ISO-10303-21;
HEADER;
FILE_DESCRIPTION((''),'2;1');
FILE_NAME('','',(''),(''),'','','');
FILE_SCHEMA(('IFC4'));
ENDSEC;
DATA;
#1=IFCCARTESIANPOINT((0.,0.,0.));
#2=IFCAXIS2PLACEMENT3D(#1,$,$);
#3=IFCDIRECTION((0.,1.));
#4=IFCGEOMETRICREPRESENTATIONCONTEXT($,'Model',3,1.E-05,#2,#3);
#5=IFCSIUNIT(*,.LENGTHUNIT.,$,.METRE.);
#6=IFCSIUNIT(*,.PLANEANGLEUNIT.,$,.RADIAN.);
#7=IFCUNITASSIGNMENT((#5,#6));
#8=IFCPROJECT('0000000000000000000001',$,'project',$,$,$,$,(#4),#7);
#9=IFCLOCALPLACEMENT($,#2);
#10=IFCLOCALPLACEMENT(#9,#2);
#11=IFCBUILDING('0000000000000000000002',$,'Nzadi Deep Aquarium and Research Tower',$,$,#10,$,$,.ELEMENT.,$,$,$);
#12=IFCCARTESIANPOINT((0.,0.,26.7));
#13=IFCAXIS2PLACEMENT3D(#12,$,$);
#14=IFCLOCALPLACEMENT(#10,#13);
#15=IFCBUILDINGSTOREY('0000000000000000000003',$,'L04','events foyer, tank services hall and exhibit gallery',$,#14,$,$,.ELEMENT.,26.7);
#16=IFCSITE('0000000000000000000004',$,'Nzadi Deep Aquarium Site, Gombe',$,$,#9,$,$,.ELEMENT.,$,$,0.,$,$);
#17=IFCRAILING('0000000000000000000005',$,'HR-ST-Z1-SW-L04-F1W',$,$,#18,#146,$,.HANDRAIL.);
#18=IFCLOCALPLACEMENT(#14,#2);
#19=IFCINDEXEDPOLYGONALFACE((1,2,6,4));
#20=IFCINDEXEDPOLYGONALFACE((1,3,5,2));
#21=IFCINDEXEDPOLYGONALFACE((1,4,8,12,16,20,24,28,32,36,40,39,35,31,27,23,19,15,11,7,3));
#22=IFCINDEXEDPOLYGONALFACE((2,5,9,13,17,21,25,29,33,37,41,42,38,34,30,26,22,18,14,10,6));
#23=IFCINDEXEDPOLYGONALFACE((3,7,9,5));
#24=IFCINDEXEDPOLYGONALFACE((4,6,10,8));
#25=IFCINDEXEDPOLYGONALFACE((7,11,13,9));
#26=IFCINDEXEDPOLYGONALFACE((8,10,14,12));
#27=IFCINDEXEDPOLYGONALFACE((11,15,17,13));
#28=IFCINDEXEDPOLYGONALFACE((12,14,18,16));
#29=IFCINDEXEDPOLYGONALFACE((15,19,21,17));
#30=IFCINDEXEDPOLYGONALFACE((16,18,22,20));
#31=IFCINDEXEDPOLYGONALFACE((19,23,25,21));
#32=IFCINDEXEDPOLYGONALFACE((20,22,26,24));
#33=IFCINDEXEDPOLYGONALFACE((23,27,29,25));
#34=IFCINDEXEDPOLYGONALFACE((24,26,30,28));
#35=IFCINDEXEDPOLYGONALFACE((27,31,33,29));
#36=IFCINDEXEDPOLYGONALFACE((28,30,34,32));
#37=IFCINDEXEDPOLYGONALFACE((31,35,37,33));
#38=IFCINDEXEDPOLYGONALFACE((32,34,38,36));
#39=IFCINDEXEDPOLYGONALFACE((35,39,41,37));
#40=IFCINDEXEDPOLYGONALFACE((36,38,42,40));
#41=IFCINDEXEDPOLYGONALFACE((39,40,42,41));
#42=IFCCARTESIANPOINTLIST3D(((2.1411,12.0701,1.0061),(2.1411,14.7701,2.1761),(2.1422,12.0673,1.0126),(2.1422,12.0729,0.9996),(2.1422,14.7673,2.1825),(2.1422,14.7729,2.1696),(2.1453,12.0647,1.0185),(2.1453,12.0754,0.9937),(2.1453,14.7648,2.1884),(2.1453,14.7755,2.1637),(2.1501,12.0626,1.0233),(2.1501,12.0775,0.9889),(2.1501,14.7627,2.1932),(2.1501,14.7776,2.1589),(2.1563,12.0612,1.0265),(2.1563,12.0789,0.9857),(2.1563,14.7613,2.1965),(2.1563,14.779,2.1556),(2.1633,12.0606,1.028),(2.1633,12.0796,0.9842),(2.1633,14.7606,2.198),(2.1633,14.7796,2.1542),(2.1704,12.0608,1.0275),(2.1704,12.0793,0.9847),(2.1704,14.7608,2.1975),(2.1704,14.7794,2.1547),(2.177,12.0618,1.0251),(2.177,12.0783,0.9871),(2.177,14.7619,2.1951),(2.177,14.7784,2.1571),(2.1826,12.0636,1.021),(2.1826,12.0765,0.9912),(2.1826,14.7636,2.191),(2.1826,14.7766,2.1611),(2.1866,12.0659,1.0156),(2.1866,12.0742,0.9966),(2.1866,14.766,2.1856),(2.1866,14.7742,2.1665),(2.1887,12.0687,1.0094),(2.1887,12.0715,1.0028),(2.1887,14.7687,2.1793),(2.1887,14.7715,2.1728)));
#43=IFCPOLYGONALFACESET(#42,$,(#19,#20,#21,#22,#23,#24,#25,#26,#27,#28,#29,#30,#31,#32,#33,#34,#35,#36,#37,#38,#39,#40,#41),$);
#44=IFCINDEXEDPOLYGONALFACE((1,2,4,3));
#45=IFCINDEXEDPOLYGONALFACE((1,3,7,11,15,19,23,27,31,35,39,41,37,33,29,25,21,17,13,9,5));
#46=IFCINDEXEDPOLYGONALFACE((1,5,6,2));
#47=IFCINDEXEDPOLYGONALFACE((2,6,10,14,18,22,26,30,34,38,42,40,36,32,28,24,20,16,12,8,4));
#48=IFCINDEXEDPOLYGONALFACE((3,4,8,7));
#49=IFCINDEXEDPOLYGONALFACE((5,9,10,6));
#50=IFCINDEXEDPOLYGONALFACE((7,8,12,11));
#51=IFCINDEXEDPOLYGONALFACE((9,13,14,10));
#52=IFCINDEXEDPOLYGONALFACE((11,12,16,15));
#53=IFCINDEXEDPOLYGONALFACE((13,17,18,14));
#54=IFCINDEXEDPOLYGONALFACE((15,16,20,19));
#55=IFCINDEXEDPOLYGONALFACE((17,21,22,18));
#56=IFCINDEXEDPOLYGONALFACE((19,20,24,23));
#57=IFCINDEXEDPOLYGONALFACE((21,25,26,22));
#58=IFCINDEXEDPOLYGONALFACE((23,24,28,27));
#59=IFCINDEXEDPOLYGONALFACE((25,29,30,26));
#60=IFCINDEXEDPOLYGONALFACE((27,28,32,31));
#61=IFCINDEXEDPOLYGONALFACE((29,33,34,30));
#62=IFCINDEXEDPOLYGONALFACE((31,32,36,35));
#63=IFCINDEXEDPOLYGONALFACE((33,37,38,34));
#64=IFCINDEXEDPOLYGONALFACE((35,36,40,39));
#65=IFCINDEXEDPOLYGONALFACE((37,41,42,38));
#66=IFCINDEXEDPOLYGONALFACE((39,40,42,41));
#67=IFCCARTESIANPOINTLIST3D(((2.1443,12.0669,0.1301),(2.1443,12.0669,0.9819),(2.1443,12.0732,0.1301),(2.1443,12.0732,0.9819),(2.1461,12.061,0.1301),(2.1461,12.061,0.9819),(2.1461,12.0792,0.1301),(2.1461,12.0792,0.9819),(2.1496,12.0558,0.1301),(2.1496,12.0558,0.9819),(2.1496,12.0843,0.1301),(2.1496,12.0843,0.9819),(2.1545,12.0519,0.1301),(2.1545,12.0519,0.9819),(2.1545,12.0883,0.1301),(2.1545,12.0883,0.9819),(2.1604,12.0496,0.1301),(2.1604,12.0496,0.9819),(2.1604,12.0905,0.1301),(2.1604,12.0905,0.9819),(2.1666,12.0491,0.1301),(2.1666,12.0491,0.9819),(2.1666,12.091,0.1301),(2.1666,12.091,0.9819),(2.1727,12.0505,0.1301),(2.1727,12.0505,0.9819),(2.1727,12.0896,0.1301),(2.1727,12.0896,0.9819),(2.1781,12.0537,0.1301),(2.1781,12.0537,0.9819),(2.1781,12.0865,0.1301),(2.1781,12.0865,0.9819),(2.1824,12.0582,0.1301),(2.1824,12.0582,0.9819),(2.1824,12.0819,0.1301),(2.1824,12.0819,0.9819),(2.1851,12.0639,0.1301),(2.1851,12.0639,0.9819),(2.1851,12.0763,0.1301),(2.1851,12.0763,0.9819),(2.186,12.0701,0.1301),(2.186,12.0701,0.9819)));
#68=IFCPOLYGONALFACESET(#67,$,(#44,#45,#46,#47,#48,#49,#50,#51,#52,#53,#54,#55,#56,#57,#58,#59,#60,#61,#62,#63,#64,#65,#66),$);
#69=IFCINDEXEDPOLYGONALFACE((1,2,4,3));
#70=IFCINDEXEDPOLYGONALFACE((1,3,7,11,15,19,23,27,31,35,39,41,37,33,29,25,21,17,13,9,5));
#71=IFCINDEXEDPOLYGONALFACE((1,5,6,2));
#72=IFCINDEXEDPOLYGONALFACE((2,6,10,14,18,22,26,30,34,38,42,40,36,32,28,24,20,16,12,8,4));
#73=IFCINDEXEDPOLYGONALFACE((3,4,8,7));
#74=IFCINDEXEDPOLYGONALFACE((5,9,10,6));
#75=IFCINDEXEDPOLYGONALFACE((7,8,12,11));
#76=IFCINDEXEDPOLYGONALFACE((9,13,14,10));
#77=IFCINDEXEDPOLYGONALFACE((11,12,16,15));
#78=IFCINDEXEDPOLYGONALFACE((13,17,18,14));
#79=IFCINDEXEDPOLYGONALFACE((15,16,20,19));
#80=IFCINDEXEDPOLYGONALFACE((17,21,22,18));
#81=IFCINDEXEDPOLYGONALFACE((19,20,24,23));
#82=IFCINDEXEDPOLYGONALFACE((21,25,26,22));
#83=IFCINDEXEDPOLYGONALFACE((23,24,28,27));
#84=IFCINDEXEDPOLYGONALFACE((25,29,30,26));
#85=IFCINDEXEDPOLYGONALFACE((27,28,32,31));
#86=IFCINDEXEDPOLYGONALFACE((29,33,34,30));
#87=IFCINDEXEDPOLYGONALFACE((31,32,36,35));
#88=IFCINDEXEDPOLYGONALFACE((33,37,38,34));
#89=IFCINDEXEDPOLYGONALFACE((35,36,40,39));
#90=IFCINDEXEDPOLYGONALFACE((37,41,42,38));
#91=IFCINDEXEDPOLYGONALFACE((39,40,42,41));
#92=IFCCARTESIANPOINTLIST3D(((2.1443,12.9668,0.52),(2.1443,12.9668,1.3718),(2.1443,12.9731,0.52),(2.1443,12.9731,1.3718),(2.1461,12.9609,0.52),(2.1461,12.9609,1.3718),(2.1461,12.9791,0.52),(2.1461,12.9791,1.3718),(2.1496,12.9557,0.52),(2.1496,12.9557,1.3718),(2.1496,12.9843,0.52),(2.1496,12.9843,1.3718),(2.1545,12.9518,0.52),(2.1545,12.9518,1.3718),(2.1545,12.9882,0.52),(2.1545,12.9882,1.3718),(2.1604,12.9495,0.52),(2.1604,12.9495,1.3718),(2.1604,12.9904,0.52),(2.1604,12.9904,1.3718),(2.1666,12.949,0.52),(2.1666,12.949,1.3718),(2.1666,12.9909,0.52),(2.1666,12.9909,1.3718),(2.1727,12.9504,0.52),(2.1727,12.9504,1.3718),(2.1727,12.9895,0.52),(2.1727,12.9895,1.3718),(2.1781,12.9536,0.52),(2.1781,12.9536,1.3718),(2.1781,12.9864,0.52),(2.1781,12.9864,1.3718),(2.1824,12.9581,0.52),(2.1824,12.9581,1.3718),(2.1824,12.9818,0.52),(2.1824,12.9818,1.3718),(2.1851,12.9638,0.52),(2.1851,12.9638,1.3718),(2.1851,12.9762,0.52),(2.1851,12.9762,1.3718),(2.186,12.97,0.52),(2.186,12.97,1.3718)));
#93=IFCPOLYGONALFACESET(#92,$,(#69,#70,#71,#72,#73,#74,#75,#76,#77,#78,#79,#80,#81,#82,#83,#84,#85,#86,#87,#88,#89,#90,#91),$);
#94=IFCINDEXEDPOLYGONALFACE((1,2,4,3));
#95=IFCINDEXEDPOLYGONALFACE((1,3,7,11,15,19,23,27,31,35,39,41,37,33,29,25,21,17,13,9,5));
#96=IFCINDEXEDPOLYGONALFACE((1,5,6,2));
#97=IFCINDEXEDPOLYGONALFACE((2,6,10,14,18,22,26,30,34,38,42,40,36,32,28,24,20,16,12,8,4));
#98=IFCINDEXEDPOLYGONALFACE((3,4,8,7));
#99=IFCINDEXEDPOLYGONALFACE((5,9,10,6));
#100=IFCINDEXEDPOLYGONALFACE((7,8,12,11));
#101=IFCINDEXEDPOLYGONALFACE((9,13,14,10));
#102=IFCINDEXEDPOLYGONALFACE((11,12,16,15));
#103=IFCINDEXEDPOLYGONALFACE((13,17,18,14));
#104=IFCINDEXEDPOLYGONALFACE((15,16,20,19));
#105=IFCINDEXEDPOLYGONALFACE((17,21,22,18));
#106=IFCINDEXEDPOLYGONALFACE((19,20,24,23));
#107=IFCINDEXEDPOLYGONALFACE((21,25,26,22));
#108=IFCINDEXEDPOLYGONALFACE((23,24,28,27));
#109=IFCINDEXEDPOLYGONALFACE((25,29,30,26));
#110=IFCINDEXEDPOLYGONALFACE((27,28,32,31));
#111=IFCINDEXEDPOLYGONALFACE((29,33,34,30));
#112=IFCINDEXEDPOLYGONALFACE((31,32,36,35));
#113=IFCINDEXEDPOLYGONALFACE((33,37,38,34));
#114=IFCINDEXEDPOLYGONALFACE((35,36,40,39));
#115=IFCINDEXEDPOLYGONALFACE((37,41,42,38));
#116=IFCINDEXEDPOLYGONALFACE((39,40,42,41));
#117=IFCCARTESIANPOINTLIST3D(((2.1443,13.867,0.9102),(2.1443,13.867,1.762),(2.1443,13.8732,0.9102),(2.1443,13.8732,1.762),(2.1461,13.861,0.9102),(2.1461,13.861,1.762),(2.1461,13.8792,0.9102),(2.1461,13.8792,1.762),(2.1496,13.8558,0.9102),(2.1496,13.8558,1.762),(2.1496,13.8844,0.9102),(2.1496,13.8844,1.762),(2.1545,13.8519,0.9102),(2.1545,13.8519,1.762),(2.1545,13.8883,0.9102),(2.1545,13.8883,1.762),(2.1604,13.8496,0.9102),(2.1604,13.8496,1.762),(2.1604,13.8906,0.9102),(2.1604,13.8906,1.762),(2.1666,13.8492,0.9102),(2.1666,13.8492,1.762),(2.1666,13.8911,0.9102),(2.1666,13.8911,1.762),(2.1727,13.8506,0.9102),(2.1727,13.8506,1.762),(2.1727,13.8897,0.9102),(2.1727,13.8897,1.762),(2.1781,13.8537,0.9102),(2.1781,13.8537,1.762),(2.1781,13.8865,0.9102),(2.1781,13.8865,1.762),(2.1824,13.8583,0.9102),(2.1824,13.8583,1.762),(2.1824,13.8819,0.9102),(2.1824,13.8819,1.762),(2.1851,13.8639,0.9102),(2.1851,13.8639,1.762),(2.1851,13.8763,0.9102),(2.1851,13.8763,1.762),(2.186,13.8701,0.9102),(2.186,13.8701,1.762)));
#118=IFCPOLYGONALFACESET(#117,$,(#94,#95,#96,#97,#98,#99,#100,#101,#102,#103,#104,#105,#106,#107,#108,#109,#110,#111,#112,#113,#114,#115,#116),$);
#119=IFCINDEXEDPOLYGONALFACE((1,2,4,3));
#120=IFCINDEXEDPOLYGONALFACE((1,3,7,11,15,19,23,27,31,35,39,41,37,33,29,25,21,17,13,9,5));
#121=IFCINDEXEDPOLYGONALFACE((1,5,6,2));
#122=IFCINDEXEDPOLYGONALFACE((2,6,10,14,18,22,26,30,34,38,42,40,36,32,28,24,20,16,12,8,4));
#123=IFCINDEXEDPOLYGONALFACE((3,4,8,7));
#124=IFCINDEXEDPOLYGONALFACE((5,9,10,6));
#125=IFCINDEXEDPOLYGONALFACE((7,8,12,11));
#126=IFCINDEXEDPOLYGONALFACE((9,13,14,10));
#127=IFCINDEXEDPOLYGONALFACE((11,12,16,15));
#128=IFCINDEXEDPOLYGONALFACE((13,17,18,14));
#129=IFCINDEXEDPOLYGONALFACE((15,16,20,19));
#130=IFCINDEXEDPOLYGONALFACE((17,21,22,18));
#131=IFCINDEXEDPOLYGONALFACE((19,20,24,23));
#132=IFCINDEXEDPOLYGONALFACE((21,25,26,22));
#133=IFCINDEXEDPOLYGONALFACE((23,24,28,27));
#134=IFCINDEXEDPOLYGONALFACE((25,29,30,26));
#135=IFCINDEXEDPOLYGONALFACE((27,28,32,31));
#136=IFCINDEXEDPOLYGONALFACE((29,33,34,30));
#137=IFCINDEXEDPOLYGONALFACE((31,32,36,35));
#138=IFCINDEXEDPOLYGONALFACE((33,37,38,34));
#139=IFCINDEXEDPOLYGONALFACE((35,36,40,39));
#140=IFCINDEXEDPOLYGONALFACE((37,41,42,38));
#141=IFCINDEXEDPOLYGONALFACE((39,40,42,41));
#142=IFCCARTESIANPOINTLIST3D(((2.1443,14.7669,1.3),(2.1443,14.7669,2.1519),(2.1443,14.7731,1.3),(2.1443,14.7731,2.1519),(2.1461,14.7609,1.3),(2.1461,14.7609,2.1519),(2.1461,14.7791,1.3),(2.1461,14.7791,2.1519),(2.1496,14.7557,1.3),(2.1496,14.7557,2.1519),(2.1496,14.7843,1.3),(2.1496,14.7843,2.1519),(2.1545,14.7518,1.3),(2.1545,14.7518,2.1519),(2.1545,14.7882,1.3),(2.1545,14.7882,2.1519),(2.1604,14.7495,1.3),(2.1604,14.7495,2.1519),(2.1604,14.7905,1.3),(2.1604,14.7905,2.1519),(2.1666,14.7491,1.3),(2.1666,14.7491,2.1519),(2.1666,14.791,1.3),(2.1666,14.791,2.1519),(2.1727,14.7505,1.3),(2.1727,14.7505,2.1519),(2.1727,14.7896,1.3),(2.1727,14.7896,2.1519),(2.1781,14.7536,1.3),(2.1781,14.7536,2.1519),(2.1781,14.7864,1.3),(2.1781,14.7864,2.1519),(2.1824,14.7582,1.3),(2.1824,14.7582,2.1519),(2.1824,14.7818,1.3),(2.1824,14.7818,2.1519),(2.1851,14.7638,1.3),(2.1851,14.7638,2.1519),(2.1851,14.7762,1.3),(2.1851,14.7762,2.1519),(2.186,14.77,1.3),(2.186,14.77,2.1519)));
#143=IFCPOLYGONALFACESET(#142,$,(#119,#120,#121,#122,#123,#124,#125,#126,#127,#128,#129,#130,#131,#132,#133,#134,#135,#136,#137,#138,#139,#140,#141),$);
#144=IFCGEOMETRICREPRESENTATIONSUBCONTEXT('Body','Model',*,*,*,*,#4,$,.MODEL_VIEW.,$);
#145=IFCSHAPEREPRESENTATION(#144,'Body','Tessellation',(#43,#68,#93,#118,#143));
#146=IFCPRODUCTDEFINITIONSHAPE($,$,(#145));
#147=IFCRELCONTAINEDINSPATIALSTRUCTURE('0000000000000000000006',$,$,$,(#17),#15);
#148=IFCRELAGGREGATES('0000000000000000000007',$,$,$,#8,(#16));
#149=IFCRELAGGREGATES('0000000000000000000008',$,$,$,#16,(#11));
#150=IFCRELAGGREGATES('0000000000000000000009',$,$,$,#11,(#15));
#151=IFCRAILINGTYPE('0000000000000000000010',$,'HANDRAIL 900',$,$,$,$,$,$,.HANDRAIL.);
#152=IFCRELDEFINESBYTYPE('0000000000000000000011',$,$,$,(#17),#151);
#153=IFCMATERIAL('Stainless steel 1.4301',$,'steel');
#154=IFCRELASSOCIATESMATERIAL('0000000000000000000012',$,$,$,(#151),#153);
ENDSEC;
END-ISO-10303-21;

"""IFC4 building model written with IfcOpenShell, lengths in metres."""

from ifc_helpers import new_model, si_unit, direction, frame, origin, origin_2d, place, context, subcontext, project, spatial, circle, extrude, material, type_object, element, save


model = new_model("IFC4")

# Units and contexts
model_context = context("Model", 3, precision=1e-05, world=origin(), true_north=direction((0.0, 1.0)))
body_context = subcontext(model_context, "Body", "Model", "MODEL_VIEW")
ifc_project = project(units=[si_unit("LENGTHUNIT", "METRE"), si_unit("PLANEANGLEUNIT", "RADIAN")], contexts=[model_context])

# Site, building, storey
site_placement = place(None, origin())
site = spatial("IfcSite", under=ifc_project, at=site_placement, Name="Nzadi Deep Aquarium Site, Gombe", CompositionType="ELEMENT", RefElevation=0.0)
building_placement = place(site_placement, origin())
building = spatial("IfcBuilding", under=site, at=building_placement, Name="Nzadi Deep Aquarium and Research Tower", CompositionType="ELEMENT")
storey_placement = place(building_placement, frame((0.0, 0.0, 26.7)))
storey = spatial("IfcBuildingStorey", under=building, at=storey_placement, Name="L04", Description="events foyer, tank services hall and exhibit gallery", CompositionType="ELEMENT", Elevation=26.7)

# Railing
ifc_material_1 = material(Name="Stainless steel 1.4301", Category="steel")
railing_type = type_object("IfcRailingType", Name="HANDRAIL 900", PredefinedType="HANDRAIL", material=ifc_material_1)
for number, where, name in (
    (1, (2.165, 12.0701, 0.1301), "HR-ST-Z1-SW-L04-F1W"),
):
    element("IfcRailing", number, at=place(storey_placement, frame(where)), inside=storey, type_object=railing_type, Name=name, PredefinedType="HANDRAIL", context=body_context, shape_type="SweptSolid", body=[
        extrude(circle(Radius=0.0239, at=origin_2d()), frame((0.0, 0.0, 0.876), z_axis=(0.0, 0.917563, 0.397591), x_axis=(-1.0, 0.0, 0.0)), (0.0, 0.0, 1.0), 2.9426),
        extrude(circle(Radius=0.021, at=origin_2d()), origin(), (0.0, 0.0, 1.0), 0.8518),
        extrude(circle(Radius=0.021, at=origin_2d()), frame((0.0, 0.8999, 0.3899)), (0.0, 0.0, 1.0), 0.8518),
        extrude(circle(Radius=0.021, at=origin_2d()), frame((0.0, 1.8, 0.78)), (0.0, 0.0, 1.0), 0.8518),
        extrude(circle(Radius=0.021, at=origin_2d()), frame((0.0, 2.7, 1.1699)), (0.0, 0.0, 1.0), 0.8518),
    ])

save(model, "model.ifc")
